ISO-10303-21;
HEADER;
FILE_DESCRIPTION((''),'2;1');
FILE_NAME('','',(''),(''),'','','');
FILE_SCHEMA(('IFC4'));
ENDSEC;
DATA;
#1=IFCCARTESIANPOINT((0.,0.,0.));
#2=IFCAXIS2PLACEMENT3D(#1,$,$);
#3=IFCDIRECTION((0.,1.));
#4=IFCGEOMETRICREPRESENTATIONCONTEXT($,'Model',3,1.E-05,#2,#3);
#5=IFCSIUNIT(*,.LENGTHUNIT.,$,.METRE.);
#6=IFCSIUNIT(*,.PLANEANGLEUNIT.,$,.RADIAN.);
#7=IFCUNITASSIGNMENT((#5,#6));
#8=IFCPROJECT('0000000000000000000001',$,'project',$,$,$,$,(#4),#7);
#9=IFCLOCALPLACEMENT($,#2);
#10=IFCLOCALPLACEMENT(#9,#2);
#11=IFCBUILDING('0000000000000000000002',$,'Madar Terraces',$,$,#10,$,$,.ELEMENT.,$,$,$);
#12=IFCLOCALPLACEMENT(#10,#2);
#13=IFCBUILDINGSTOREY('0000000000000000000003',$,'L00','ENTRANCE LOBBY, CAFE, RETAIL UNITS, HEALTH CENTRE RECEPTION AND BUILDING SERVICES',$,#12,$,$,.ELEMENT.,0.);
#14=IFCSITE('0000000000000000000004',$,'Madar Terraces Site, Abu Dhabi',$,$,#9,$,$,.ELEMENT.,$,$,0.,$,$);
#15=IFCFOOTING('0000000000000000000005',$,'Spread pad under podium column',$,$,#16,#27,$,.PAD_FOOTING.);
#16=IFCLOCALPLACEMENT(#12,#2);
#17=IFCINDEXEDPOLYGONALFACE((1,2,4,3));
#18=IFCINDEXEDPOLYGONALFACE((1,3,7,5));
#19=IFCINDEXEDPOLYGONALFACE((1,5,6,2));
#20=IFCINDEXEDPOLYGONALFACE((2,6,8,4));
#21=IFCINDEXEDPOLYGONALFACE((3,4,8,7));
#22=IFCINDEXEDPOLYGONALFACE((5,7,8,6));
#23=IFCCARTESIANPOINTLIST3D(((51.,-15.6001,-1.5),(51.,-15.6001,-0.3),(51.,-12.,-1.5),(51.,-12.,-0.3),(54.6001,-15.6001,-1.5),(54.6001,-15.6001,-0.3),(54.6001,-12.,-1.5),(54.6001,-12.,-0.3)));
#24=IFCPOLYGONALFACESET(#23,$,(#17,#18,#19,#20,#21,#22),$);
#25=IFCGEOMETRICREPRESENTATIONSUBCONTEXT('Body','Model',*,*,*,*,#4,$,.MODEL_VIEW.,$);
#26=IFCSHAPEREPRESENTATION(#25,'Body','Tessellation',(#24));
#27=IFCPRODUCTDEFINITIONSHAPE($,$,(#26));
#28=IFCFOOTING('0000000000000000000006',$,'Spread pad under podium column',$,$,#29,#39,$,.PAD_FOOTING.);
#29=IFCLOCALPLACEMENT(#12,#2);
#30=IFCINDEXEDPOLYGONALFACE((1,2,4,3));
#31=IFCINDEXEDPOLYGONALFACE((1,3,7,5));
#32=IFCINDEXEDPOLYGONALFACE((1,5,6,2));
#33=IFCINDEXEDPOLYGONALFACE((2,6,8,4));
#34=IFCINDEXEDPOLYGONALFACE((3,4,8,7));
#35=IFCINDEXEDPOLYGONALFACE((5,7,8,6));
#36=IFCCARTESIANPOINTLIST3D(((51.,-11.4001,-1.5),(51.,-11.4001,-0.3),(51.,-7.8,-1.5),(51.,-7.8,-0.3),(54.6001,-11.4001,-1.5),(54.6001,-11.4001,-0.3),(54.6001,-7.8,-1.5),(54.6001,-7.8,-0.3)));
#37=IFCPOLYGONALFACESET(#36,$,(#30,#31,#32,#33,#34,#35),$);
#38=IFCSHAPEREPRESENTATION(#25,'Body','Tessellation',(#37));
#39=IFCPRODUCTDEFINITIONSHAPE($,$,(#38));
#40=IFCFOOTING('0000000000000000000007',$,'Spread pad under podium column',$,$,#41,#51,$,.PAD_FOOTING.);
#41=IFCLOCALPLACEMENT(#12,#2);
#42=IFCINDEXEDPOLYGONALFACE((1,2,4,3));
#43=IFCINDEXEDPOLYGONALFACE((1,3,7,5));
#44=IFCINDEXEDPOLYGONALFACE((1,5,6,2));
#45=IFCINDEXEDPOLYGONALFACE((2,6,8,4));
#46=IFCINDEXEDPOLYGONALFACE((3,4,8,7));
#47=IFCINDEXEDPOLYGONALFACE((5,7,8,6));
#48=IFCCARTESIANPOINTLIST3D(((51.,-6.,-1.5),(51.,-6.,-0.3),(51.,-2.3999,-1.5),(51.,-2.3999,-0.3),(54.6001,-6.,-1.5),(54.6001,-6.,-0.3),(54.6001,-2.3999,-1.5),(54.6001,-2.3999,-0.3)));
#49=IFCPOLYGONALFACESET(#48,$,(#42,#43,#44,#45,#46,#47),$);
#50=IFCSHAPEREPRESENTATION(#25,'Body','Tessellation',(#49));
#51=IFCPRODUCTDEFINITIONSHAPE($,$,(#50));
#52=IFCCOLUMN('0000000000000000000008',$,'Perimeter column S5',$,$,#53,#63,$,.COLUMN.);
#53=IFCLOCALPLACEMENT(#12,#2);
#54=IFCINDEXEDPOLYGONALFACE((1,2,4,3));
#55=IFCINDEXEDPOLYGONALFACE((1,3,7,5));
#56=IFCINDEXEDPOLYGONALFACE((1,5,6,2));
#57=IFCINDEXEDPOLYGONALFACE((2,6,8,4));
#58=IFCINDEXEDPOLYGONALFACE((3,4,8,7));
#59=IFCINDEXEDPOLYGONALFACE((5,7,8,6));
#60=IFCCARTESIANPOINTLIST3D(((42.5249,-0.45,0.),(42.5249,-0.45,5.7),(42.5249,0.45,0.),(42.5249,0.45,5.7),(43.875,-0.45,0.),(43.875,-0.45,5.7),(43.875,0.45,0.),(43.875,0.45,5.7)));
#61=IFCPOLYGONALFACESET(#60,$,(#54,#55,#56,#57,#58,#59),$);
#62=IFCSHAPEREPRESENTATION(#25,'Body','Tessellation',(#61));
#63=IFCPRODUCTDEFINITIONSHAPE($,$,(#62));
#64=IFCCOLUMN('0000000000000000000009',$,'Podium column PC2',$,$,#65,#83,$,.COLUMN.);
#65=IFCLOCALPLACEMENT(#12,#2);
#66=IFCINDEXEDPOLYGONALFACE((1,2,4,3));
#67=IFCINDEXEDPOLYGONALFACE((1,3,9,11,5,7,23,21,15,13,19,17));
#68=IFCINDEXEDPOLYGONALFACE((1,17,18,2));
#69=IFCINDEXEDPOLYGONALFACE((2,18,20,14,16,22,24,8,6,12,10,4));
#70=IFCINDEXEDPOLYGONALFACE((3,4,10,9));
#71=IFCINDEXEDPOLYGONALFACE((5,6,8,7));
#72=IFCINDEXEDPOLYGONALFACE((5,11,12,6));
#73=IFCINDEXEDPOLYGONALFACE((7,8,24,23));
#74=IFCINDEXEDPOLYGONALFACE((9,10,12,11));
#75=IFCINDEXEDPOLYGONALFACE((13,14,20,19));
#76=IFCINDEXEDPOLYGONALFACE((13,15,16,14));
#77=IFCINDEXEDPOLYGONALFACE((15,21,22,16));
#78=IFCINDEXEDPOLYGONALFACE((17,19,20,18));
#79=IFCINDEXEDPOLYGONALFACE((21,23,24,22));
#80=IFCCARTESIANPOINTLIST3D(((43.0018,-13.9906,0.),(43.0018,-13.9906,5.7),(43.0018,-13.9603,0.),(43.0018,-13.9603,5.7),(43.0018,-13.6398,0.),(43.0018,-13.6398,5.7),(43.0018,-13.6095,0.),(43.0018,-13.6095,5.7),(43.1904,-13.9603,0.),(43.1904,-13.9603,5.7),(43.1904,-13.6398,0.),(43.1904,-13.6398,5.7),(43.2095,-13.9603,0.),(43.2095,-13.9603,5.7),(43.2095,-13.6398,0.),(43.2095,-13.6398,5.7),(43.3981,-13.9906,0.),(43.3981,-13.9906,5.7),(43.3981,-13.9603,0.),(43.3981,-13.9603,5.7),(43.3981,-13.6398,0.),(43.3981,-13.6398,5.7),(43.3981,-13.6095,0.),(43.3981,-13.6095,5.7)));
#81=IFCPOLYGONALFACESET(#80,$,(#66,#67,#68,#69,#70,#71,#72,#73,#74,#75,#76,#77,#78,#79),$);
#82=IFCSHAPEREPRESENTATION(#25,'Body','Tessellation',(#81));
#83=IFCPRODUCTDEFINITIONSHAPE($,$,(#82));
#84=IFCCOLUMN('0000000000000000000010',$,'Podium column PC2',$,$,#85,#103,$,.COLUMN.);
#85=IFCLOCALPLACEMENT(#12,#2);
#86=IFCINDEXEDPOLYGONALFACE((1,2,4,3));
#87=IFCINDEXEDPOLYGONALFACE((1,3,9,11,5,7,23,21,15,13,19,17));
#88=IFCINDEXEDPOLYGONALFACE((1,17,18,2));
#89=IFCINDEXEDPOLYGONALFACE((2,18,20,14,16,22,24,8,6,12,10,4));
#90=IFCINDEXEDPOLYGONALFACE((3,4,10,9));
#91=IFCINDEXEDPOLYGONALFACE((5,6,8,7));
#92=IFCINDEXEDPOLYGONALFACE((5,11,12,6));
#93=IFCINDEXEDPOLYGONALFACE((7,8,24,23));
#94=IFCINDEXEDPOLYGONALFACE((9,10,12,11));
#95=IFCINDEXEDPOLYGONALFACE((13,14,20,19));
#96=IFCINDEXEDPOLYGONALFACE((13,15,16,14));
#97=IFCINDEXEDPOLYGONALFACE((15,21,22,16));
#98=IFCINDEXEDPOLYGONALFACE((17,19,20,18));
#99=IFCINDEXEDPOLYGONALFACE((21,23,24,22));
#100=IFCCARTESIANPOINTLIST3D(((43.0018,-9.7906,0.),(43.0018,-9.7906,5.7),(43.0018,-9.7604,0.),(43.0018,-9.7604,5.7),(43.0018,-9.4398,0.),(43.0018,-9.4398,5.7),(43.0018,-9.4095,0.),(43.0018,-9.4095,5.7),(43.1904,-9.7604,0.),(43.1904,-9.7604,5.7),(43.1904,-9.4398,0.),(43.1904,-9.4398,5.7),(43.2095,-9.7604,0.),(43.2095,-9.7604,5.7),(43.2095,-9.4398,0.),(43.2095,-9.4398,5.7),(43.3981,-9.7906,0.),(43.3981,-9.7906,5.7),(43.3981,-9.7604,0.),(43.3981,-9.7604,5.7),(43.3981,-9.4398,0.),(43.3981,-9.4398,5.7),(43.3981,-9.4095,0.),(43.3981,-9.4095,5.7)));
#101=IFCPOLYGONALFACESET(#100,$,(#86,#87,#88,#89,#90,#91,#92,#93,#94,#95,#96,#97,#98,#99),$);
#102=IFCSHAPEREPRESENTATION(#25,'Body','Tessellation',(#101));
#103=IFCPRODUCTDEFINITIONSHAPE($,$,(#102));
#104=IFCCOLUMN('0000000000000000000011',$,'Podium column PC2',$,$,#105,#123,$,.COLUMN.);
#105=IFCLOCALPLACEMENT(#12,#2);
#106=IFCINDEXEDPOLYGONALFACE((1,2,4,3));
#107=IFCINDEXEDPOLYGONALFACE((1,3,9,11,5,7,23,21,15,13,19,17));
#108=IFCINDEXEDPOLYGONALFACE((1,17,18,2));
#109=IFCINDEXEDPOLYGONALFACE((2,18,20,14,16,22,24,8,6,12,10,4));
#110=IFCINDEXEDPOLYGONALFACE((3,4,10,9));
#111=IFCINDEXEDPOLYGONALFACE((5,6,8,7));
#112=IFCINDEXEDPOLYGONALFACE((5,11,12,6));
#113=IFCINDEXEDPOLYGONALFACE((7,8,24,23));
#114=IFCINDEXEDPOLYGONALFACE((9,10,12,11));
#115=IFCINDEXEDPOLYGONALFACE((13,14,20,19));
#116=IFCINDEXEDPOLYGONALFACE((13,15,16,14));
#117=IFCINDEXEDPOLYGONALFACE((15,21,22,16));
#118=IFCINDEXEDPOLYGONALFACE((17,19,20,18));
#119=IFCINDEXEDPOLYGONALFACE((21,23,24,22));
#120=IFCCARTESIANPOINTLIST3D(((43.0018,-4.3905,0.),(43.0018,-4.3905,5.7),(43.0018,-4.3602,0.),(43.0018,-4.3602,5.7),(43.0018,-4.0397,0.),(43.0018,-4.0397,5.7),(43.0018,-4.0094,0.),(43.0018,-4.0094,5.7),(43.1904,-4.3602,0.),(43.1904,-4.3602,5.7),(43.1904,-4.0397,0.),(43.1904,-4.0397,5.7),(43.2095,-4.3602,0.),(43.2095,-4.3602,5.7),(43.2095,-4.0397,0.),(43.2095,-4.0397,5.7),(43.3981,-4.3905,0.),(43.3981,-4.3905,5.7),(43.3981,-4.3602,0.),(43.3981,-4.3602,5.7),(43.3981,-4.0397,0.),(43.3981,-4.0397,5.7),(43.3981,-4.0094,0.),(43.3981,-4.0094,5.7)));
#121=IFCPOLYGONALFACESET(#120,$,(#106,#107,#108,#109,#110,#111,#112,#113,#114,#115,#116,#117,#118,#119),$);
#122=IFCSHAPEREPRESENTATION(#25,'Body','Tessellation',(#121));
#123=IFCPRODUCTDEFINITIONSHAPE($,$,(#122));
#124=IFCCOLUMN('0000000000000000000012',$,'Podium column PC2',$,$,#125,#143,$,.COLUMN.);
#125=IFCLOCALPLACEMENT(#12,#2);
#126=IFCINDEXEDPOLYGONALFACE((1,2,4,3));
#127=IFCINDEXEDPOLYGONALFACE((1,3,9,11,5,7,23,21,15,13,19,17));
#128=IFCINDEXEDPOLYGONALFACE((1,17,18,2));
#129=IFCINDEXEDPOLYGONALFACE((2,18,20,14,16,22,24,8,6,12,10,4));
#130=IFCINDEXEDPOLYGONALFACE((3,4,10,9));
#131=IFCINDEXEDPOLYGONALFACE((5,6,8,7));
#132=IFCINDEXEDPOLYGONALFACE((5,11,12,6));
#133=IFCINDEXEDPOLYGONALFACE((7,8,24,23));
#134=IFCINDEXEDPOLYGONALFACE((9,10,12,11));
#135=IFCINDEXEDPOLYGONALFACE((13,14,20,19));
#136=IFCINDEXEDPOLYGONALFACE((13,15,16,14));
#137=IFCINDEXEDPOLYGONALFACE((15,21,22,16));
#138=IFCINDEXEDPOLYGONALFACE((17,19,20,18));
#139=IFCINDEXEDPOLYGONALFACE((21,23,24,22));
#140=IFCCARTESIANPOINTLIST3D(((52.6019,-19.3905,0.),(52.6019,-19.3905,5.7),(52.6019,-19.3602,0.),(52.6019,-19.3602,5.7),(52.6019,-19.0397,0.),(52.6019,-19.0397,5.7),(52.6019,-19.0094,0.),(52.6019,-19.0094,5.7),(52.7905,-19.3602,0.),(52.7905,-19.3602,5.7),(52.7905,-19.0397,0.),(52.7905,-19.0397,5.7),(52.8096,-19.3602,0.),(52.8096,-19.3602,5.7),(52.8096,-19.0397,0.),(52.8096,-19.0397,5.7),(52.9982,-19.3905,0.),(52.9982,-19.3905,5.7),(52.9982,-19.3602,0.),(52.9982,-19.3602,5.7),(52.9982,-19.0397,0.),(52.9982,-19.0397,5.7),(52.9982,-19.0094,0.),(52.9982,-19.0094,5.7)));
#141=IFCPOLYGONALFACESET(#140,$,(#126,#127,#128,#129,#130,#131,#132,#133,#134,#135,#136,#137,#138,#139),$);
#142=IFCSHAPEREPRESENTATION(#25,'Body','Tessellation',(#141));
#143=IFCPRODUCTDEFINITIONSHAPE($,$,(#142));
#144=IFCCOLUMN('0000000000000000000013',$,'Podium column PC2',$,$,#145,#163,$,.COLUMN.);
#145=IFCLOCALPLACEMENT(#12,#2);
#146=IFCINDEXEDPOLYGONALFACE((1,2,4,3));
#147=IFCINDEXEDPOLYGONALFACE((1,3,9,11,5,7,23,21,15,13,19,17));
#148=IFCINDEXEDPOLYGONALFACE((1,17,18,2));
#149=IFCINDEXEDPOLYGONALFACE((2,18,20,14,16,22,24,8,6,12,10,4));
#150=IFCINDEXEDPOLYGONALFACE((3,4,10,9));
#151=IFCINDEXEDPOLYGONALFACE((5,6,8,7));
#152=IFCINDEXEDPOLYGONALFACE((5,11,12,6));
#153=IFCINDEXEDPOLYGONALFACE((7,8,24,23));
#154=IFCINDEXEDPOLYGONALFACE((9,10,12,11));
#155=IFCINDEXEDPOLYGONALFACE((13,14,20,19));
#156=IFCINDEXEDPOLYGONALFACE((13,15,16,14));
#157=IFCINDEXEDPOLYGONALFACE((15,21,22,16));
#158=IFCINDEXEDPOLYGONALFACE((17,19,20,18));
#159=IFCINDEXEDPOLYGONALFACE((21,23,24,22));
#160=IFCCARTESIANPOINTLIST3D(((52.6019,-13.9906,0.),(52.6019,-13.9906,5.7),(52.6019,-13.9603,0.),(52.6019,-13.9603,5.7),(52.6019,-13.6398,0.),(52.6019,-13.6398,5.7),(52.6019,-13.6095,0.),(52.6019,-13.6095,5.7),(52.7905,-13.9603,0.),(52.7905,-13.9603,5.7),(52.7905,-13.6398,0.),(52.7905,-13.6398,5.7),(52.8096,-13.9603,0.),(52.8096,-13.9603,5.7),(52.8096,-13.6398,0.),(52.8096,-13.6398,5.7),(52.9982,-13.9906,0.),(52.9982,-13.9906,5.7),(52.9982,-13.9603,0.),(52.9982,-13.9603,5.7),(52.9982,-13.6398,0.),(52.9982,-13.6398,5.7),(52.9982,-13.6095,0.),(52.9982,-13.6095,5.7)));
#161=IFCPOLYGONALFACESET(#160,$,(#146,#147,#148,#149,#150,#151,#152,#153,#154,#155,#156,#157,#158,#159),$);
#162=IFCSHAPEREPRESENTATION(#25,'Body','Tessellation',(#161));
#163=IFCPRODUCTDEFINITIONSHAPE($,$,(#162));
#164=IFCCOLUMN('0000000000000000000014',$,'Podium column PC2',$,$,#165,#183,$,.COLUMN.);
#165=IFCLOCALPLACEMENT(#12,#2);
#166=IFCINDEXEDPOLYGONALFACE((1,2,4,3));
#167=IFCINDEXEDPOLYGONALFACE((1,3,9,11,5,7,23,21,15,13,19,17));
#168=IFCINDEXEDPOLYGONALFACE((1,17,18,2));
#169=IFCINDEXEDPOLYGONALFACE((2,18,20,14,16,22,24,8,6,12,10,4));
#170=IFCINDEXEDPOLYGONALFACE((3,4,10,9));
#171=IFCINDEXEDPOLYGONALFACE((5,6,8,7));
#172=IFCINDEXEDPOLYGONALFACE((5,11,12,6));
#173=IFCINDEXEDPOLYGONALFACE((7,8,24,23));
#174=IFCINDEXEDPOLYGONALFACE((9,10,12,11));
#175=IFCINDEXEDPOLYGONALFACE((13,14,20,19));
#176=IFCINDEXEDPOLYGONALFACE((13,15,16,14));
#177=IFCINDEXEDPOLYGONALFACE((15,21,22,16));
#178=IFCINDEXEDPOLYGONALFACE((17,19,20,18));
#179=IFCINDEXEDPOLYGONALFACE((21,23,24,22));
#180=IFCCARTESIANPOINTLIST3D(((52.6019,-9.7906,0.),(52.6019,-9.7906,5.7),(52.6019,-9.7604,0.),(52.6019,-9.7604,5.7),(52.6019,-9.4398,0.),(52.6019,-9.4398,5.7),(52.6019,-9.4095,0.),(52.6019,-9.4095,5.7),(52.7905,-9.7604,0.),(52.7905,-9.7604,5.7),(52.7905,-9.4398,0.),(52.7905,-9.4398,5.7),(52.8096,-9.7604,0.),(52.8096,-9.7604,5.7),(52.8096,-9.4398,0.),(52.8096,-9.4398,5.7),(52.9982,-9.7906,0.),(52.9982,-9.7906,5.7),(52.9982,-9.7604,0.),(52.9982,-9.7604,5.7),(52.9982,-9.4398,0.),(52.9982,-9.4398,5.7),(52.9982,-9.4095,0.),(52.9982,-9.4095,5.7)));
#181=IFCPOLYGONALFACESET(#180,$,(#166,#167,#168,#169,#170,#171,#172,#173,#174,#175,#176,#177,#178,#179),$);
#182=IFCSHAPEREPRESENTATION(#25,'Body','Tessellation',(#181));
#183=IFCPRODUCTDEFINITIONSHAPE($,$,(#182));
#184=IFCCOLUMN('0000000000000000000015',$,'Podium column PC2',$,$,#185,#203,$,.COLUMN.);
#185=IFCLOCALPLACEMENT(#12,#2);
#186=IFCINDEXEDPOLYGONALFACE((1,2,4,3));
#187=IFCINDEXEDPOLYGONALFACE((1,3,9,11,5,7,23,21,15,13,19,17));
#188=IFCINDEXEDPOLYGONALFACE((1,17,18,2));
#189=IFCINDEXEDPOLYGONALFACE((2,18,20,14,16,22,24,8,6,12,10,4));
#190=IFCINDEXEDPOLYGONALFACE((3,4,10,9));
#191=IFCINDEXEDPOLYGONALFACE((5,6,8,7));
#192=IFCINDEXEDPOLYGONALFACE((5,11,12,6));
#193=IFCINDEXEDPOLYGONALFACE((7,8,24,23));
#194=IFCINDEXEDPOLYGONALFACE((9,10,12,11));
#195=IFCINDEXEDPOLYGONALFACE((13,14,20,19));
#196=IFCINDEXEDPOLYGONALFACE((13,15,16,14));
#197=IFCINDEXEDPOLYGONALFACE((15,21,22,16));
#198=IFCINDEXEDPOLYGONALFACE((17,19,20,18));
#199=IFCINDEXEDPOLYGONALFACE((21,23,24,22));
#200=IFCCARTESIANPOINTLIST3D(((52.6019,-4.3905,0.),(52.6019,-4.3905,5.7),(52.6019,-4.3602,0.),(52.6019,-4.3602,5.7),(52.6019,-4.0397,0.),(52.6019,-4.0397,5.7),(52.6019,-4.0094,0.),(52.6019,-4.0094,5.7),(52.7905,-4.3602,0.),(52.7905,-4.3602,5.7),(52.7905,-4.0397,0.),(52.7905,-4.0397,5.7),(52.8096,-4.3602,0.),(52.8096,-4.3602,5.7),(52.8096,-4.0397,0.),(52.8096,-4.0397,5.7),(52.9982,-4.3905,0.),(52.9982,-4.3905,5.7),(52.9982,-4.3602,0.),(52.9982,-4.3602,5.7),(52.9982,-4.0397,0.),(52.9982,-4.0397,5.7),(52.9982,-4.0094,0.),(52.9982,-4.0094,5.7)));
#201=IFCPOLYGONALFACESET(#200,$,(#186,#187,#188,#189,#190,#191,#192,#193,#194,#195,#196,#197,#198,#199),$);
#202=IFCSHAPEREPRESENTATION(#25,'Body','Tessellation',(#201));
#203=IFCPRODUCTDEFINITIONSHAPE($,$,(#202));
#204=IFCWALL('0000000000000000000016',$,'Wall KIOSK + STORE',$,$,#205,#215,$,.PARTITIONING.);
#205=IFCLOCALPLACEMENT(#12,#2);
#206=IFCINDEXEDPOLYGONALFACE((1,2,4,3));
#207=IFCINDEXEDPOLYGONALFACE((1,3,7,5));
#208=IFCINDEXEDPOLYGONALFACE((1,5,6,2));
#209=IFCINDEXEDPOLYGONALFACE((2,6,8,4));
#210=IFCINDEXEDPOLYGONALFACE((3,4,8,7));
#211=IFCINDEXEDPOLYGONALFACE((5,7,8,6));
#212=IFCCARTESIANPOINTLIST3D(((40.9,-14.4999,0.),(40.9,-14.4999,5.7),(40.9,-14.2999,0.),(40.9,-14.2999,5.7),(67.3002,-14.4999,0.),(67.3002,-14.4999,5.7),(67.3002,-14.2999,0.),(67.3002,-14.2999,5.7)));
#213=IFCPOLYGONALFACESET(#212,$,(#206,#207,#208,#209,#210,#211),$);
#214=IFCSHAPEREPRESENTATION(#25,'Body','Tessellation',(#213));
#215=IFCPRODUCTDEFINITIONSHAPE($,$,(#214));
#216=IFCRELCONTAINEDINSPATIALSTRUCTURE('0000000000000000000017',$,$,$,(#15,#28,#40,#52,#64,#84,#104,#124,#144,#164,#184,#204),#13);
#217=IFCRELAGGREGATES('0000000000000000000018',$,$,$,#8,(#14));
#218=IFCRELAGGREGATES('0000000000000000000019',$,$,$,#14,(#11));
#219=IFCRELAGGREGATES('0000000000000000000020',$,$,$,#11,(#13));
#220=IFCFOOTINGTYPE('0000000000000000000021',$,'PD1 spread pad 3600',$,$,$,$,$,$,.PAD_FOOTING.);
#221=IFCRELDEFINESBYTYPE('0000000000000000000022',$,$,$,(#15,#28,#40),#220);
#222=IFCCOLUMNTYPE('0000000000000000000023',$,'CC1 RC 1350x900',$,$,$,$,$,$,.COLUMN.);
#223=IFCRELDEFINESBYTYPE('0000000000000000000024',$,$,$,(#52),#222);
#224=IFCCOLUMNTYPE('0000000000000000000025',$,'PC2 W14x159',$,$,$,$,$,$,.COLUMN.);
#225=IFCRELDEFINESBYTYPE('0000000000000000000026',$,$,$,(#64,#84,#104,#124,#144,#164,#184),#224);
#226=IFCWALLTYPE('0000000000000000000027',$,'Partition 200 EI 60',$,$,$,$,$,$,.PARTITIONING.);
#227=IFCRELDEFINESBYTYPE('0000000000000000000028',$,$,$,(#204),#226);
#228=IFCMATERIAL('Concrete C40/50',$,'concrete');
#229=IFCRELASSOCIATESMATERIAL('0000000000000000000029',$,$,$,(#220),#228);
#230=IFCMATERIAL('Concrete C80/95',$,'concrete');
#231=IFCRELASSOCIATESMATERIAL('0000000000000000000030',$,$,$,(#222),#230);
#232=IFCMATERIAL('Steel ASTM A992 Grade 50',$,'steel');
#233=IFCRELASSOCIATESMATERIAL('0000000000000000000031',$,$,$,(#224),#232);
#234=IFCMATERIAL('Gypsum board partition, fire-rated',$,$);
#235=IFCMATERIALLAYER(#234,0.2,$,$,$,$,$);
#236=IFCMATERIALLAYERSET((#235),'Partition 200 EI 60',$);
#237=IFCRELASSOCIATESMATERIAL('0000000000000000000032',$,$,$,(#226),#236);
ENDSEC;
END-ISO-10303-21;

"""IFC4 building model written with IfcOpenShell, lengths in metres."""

from ifc_helpers import new_model, si_unit, direction, frame, frame_2d, origin, origin_2d, place, context, subcontext, project, spatial, rectangle, i_section, extrude, material, layer, layer_set, material_profile, profile_set, type_object, element, save


model = new_model("IFC4")

# Units and contexts
model_context = context("Model", 3, precision=1e-05, world=origin(), true_north=direction((0.0, 1.0)))
body_context = subcontext(model_context, "Body", "Model", "MODEL_VIEW")
ifc_project = project(units=[si_unit("LENGTHUNIT", "METRE"), si_unit("PLANEANGLEUNIT", "RADIAN")], contexts=[model_context])

# Site, building, storey
site_placement = place(None, origin())
site = spatial("IfcSite", under=ifc_project, at=site_placement, Name="Madar Terraces Site, Abu Dhabi", CompositionType="ELEMENT", RefElevation=0.0)
building_placement = place(site_placement, origin())
building = spatial("IfcBuilding", under=site, at=building_placement, Name="Madar Terraces", CompositionType="ELEMENT")
storey_placement = place(building_placement, origin())
storey = spatial("IfcBuildingStorey", under=building, at=storey_placement, Name="L00", Description="ENTRANCE LOBBY, CAFE, RETAIL UNITS, HEALTH CENTRE RECEPTION AND BUILDING SERVICES", CompositionType="ELEMENT", Elevation=0.0)

# Footings
ifc_material_1 = material(Name="Concrete C40/50", Category="concrete")
footing_type = type_object("IfcFootingType", Name="PD1 spread pad 3600", PredefinedType="PAD_FOOTING", material=ifc_material_1)
for number, where, z_axis, x_axis, name in (
    (1, (52.8, -13.8, -1.5), (0.0, 0.0, 1.0), (1.0, 0.0, 0.0), "Spread pad under podium column"),
    (2, (52.8, -9.6001, -1.5), (0.0, 0.0, 1.0), (1.0, 0.0, 0.0), "Spread pad under podium column"),
    (3, (52.8, -4.2, -1.5), (0.0, 0.0, 1.0), (1.0, 0.0, 0.0), "Spread pad under podium column"),
):
    element("IfcFooting", number, at=place(storey_placement, frame(where, z_axis=z_axis, x_axis=x_axis)), inside=storey, type_object=footing_type, Name=name, PredefinedType="PAD_FOOTING", context=body_context, shape_type="SweptSolid", body=[
        extrude(rectangle(XDim=3.6001, YDim=3.6001, at=origin_2d()), origin(), (0.0, 0.0, 1.0), 1.2),
    ])

# Columns
ifc_material_2 = material(Name="Concrete C80/95", Category="concrete")
ifc_material_profile_1 = material_profile(ifc_material_2, rectangle(XDim=1.3501, YDim=0.8999, at=origin_2d()), Name="CC1 RC 1350x900")
ifc_profile_set_1 = profile_set([ifc_material_profile_1], Name="Concrete C80/95")
column_type_1 = type_object("IfcColumnType", Name="CC1 RC 1350x900", PredefinedType="COLUMN", material=ifc_profile_set_1)
column_placement = place(storey_placement, frame((43.2, 0.0, 0.0), z_axis=(0.0, 0.0, 1.0), x_axis=(1.0, 0.0, 0.0)))
element("IfcColumn", 4, at=column_placement, inside=storey, type_object=column_type_1, Name="Perimeter column S5", PredefinedType="COLUMN", context=body_context, shape_type="SweptSolid", body=[
    extrude(rectangle(XDim=1.3501, YDim=0.8999, at=origin_2d()), origin(), (0.0, 0.0, 1.0), 5.7),
])
ifc_material_3 = material(Name="Steel ASTM A992 Grade 50", Category="steel")
ifc_material_profile_2 = material_profile(ifc_material_3, i_section(OverallWidth=0.3962, OverallDepth=0.3811, WebThickness=0.019, FlangeThickness=0.0303, at=origin_2d()), Name="W14x159")
ifc_profile_set_2 = profile_set([ifc_material_profile_2], Name="Steel ASTM A992 Grade 50")
column_type_2 = type_object("IfcColumnType", Name="PC2 W14x159", PredefinedType="COLUMN", material=ifc_profile_set_2)
for number, where, z_axis, x_axis, name in (
    (5, (43.2, -13.8, 0.0), (0.0, 0.0, 1.0), (1.0, 0.0, 0.0), "Podium column PC2"),
    (6, (43.2, -9.6001, 0.0), (0.0, 0.0, 1.0), (1.0, 0.0, 0.0), "Podium column PC2"),
    (7, (43.2, -4.2, 0.0), (0.0, 0.0, 1.0), (1.0, 0.0, 0.0), "Podium column PC2"),
    (8, (52.8, -19.2, 0.0), (0.0, 0.0, 1.0), (1.0, 0.0, 0.0), "Podium column PC2"),
    (9, (52.8, -13.8, 0.0), (0.0, 0.0, 1.0), (1.0, 0.0, 0.0), "Podium column PC2"),
    (10, (52.8, -9.6001, 0.0), (0.0, 0.0, 1.0), (1.0, 0.0, 0.0), "Podium column PC2"),
    (11, (52.8, -4.2, 0.0), (0.0, 0.0, 1.0), (1.0, 0.0, 0.0), "Podium column PC2"),
):
    element("IfcColumn", number, at=place(storey_placement, frame(where, z_axis=z_axis, x_axis=x_axis)), inside=storey, type_object=column_type_2, Name=name, PredefinedType="COLUMN", context=body_context, shape_type="SweptSolid", body=[
        extrude(i_section(OverallWidth=0.3962, OverallDepth=0.3811, WebThickness=0.019, FlangeThickness=0.0303, at=origin_2d()), origin(), (0.0, 0.0, 1.0), 5.7),
    ])

# Wall
ifc_material_4 = material(Name="Gypsum board partition, fire-rated")
ifc_layer = layer(ifc_material_4, 0.2)
ifc_layer_set = layer_set([ifc_layer], Name="Partition 200 EI 60")
wall_type = type_object("IfcWallType", Name="Partition 200 EI 60", PredefinedType="PARTITIONING", material=ifc_layer_set)
wall_1_placement = place(storey_placement, frame((40.8999, -14.3999, 0.0), z_axis=(0.0, 0.0, 1.0), x_axis=(1.0, 0.0, 0.0)))
element("IfcWall", 12, at=wall_1_placement, inside=storey, type_object=wall_type, Name="Wall KIOSK + STORE", PredefinedType="PARTITIONING", context=body_context, shape_type="SweptSolid", body=[
    extrude(rectangle(XDim=26.4001, YDim=0.2, at=frame_2d((13.2002, 0.0))), origin(), (0.0, 0.0, 1.0), 5.7),
])

save(model, "model.ifc")
